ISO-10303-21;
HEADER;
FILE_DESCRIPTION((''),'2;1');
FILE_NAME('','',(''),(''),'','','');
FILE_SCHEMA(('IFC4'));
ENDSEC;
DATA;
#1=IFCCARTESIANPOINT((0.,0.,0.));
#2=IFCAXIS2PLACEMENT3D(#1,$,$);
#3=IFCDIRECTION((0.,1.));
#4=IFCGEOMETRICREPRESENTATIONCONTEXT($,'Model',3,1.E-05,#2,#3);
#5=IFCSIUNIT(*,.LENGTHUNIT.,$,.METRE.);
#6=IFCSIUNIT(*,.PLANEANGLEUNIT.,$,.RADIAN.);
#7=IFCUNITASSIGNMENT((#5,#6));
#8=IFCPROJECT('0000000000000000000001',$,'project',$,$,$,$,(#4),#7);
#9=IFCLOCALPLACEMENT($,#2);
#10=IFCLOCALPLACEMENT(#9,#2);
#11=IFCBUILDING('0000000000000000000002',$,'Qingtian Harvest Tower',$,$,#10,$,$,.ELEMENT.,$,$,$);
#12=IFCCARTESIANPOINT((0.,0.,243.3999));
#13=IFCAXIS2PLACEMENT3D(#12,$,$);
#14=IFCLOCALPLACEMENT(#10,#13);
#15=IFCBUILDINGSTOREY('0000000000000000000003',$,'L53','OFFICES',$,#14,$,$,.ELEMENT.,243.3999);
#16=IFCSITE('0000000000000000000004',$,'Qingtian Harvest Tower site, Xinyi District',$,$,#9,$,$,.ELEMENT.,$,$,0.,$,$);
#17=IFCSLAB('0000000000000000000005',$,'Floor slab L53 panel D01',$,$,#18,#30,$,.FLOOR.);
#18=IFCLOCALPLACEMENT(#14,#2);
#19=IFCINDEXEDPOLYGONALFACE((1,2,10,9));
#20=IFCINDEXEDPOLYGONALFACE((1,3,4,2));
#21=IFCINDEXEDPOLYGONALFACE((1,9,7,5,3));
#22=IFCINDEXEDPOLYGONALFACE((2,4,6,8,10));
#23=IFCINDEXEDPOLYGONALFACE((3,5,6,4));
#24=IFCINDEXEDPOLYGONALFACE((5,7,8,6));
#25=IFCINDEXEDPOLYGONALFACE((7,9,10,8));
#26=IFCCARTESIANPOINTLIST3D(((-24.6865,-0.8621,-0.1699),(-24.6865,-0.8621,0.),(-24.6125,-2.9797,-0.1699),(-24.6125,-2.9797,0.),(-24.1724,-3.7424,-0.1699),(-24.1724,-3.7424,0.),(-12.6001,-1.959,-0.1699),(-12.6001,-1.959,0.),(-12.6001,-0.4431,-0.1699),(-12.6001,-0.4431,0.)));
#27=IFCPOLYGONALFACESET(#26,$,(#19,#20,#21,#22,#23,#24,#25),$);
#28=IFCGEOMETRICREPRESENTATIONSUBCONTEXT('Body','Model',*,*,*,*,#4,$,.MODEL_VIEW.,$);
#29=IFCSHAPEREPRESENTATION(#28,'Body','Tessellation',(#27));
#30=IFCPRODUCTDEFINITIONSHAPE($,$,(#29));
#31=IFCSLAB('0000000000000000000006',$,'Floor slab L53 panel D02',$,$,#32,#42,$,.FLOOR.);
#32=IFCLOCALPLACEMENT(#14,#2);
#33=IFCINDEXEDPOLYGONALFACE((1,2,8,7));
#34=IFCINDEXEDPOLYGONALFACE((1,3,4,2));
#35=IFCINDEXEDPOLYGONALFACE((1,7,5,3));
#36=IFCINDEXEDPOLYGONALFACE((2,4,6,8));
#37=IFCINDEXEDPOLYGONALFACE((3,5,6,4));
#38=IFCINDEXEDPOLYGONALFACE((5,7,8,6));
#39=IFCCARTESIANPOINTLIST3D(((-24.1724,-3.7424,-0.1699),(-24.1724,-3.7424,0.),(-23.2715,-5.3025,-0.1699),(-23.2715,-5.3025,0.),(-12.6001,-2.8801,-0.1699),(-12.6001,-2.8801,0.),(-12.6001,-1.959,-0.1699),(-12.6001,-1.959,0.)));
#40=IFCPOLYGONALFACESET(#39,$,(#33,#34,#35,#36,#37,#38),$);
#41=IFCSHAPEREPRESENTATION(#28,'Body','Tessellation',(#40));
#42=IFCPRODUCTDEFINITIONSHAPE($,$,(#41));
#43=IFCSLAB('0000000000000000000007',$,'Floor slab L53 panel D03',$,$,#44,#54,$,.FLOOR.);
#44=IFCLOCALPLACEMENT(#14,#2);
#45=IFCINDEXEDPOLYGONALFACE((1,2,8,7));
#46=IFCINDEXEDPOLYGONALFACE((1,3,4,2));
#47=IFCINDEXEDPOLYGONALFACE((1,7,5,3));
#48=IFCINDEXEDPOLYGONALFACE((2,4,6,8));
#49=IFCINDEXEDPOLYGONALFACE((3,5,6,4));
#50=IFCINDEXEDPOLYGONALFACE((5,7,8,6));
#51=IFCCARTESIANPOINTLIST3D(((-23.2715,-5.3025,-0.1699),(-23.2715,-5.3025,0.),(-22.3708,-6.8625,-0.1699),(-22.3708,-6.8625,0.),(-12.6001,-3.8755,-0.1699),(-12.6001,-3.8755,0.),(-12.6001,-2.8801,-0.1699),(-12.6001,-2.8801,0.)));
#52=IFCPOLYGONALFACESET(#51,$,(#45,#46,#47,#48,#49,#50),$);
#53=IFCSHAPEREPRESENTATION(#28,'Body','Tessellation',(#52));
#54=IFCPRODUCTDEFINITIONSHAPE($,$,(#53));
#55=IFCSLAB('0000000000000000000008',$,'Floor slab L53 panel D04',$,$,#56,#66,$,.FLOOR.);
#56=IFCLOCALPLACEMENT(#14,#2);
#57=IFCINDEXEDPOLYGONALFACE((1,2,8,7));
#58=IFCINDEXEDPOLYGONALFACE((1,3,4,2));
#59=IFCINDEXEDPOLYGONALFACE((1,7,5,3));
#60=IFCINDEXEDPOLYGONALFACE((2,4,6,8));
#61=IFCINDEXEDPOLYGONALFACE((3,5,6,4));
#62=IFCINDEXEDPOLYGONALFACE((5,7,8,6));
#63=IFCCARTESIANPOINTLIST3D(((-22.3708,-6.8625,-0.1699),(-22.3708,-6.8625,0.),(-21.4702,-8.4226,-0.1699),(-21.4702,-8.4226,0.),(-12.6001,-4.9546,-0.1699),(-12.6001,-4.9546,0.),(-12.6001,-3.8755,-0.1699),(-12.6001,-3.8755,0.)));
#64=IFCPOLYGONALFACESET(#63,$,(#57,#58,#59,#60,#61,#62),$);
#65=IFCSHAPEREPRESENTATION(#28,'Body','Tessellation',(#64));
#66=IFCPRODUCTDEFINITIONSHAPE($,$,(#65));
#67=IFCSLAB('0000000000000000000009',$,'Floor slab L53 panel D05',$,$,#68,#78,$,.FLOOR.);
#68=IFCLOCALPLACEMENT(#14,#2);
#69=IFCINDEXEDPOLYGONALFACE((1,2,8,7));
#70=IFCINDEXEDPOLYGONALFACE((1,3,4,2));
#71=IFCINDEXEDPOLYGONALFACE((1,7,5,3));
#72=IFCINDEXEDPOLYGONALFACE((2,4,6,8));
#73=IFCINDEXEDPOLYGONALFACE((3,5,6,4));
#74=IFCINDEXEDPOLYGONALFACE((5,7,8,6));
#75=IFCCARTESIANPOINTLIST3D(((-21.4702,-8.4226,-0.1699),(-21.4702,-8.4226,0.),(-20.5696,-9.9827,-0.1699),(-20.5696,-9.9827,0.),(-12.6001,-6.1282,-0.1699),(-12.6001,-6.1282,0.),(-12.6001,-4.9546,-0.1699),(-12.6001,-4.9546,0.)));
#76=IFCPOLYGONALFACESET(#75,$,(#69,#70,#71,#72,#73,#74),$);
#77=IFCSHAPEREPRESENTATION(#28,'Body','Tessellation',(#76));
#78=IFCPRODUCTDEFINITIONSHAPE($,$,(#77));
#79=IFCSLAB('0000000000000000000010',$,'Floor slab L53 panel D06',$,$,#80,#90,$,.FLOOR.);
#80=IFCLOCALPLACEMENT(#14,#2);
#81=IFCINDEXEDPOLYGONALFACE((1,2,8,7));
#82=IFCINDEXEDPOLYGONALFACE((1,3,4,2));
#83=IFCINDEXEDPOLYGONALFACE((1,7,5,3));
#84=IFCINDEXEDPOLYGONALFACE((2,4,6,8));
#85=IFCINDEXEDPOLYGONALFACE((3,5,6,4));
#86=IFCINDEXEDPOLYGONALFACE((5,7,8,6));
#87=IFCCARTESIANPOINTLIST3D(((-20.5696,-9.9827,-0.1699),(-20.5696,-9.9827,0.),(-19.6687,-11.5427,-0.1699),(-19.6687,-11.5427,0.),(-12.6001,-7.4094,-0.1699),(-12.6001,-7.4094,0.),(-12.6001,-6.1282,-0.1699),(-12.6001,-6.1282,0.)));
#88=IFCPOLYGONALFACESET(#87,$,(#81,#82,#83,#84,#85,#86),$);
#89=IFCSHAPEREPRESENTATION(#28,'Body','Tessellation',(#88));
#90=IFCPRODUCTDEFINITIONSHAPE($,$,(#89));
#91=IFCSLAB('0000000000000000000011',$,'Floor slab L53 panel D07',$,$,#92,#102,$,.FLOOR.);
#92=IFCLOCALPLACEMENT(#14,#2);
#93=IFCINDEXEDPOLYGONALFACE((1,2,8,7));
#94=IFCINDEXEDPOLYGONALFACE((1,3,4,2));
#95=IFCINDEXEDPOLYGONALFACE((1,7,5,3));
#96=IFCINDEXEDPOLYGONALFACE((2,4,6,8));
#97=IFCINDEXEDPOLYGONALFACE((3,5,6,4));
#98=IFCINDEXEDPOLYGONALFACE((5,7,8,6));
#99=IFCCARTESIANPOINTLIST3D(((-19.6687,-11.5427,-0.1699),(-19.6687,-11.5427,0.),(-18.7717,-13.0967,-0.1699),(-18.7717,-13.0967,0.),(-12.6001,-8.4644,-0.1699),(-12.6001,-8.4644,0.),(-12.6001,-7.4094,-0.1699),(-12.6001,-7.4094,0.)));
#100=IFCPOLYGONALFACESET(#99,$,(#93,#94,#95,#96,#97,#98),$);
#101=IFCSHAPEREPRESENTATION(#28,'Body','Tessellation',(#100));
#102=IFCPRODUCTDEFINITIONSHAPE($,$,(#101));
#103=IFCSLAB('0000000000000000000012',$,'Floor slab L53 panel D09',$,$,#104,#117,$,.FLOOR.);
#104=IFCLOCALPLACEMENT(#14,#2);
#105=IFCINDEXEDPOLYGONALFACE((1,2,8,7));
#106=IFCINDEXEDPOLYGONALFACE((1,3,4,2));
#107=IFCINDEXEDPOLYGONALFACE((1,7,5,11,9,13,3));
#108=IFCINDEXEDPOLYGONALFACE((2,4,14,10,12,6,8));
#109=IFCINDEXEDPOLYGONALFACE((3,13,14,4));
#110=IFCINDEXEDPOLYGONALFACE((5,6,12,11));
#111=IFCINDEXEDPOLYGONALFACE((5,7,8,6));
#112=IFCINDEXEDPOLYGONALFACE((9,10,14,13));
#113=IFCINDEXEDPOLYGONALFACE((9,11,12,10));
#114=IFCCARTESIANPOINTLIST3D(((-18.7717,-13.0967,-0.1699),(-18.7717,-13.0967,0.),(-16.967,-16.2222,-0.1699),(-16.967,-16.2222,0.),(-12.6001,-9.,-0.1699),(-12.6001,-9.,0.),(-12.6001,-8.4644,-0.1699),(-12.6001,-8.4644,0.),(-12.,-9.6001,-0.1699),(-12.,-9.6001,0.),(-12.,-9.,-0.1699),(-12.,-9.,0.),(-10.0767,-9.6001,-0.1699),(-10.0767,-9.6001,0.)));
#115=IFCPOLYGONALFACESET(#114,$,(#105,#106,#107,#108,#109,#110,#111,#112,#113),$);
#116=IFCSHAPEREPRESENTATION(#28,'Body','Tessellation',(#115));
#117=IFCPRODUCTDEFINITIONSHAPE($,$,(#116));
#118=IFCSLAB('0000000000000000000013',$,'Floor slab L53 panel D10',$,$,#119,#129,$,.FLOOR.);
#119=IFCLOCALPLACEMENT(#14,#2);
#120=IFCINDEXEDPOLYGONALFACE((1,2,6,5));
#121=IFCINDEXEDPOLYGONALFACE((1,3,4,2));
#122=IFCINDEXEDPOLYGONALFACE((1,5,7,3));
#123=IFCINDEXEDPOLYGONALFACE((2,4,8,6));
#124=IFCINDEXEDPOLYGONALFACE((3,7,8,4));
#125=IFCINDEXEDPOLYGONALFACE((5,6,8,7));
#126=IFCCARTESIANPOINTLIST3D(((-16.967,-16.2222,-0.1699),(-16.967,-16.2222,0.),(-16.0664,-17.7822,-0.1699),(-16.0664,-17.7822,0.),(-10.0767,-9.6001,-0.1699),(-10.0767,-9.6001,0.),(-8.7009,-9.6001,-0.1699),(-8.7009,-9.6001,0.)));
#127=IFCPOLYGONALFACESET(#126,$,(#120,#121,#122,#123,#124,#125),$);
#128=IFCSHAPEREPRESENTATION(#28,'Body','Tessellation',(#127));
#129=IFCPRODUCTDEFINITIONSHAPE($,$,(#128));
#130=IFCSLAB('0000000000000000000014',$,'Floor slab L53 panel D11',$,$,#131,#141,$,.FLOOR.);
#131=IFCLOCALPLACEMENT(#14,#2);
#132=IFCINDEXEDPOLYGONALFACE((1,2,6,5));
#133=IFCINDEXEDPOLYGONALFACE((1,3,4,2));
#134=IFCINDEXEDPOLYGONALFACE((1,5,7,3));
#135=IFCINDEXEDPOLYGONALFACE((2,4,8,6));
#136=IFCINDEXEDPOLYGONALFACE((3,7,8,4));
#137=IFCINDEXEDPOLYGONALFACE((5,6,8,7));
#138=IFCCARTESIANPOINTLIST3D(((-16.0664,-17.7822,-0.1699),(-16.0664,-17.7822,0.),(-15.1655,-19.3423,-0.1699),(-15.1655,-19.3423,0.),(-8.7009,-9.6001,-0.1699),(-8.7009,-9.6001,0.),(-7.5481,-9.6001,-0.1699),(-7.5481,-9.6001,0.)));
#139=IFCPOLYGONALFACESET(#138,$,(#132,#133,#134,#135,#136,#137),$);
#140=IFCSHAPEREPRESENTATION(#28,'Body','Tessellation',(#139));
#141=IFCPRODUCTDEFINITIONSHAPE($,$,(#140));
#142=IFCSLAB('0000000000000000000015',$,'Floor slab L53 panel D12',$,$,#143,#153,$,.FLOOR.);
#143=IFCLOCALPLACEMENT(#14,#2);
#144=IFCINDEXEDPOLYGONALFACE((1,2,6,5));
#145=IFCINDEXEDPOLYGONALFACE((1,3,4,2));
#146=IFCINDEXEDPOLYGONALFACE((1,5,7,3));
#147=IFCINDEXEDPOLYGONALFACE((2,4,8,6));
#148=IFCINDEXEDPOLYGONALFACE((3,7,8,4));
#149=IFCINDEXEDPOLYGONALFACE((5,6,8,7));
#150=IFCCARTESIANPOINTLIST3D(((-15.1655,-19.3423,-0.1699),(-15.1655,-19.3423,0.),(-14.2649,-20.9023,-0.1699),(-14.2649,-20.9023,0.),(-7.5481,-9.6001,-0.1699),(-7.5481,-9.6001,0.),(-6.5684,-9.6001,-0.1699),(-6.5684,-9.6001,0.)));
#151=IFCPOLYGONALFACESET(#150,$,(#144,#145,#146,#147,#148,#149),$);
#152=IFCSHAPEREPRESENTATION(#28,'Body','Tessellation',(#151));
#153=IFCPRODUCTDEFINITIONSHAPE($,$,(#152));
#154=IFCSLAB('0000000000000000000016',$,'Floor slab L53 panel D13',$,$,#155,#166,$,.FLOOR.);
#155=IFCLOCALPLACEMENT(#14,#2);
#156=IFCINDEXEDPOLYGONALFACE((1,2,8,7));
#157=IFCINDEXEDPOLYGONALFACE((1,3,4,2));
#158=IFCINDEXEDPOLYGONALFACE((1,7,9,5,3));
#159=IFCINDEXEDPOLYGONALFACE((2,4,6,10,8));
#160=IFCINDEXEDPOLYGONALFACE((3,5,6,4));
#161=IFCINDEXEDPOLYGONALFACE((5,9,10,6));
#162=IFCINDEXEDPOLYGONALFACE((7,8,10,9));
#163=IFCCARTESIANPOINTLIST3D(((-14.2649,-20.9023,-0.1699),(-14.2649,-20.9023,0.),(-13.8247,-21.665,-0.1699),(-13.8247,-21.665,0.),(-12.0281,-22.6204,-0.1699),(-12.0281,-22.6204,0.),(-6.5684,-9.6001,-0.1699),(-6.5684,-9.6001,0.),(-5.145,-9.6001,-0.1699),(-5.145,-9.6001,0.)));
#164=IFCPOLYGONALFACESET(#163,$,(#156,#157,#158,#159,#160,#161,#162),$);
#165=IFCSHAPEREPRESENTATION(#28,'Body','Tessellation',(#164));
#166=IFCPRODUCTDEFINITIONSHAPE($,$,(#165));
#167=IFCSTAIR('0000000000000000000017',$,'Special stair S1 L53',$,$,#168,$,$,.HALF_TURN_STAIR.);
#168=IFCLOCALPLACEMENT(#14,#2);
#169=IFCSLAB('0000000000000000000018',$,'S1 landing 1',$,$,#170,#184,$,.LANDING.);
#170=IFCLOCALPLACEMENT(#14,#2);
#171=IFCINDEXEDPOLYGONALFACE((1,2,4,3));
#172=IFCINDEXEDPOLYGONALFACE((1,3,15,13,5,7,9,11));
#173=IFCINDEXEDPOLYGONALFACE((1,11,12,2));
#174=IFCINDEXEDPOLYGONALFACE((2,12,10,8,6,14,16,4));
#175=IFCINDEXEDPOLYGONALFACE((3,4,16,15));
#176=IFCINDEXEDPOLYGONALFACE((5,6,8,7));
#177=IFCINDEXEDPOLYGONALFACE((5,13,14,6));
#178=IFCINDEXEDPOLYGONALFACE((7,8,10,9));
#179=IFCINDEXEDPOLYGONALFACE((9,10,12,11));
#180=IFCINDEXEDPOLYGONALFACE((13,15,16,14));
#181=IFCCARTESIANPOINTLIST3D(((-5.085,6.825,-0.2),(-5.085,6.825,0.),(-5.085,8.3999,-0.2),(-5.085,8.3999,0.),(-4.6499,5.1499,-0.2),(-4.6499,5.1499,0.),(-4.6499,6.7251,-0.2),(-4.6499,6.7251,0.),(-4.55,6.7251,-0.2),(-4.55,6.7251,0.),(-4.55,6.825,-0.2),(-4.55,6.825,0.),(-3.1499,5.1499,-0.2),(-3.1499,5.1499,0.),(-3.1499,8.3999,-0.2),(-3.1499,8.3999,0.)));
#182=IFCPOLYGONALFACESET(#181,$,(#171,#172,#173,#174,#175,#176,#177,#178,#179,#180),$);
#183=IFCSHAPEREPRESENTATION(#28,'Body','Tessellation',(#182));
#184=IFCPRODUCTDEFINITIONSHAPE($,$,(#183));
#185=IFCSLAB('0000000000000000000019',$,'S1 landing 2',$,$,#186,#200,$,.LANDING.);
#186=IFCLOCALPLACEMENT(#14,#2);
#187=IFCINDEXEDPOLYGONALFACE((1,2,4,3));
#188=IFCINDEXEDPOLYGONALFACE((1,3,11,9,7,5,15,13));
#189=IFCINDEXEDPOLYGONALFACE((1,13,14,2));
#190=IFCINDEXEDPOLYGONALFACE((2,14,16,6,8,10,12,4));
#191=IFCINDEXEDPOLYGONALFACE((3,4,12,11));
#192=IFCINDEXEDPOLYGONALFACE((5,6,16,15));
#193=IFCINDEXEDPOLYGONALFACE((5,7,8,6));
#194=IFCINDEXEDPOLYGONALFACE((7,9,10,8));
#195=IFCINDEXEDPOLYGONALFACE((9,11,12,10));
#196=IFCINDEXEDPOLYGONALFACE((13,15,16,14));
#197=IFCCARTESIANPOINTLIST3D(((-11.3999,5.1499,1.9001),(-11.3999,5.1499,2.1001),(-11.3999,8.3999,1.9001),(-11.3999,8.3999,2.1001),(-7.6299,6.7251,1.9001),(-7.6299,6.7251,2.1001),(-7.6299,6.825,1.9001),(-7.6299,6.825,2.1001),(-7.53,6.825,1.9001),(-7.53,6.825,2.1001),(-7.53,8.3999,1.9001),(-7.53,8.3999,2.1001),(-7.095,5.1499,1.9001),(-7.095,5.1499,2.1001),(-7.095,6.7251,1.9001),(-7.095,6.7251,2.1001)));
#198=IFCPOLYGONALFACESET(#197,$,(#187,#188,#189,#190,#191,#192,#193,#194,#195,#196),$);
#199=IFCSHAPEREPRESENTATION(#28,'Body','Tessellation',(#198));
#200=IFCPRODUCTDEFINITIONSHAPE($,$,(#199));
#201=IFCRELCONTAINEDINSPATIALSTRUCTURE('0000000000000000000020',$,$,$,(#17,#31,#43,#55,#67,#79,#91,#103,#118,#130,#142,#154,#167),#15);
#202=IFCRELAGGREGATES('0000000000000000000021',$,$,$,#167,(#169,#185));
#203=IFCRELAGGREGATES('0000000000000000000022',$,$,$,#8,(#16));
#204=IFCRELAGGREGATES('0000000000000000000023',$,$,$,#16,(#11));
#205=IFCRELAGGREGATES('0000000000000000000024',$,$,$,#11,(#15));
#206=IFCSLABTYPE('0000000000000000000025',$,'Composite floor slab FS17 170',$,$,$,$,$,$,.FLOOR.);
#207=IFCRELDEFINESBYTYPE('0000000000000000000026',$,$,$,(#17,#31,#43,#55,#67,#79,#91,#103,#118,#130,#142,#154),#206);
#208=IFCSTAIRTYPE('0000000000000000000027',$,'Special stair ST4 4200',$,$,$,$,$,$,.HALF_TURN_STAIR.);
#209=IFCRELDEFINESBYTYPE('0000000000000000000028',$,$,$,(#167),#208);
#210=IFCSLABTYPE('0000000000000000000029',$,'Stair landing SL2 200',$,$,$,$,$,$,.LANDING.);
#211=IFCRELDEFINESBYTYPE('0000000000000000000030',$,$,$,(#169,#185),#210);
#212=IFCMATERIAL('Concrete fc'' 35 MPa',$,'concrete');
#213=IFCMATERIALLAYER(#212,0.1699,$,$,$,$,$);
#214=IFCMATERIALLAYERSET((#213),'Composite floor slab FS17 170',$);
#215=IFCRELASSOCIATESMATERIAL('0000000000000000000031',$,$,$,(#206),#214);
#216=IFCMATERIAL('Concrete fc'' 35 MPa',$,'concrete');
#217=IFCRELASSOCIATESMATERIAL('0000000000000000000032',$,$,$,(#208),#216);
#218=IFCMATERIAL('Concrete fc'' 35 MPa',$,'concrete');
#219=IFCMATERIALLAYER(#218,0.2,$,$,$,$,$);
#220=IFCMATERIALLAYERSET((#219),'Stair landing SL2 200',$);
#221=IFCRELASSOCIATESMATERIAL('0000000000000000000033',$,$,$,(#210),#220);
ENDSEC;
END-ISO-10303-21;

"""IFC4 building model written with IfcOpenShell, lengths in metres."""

from ifc_helpers import new_model, si_unit, direction, frame, origin, place, context, subcontext, project, spatial, polyline, outline, extrude, material, layer, layer_set, type_object, element, aggregate, save


model = new_model("IFC4")

# Units and contexts
model_context = context("Model", 3, precision=1e-05, world=origin(), true_north=direction((0.0, 1.0)))
body_context = subcontext(model_context, "Body", "Model", "MODEL_VIEW")
ifc_project = project(units=[si_unit("LENGTHUNIT", "METRE"), si_unit("PLANEANGLEUNIT", "RADIAN")], contexts=[model_context])

# Site, building, storey
site_placement = place(None, origin())
site = spatial("IfcSite", under=ifc_project, at=site_placement, Name="Qingtian Harvest Tower site, Xinyi District", CompositionType="ELEMENT", RefElevation=0.0)
building_placement = place(site_placement, origin())
building = spatial("IfcBuilding", under=site, at=building_placement, Name="Qingtian Harvest Tower", CompositionType="ELEMENT")
storey_placement = place(building_placement, frame((0.0, 0.0, 243.3999)))
storey = spatial("IfcBuildingStorey", under=building, at=storey_placement, Name="L53", Description="OFFICES", CompositionType="ELEMENT", Elevation=243.3999)

# Slabs
ifc_material_1 = material(Name="Concrete fc' 35 MPa", Category="concrete")
ifc_layer_1 = layer(ifc_material_1, 0.1699)
ifc_layer_set_1 = layer_set([ifc_layer_1], Name="Composite floor slab FS17 170")
slab_type_1 = type_object("IfcSlabType", Name="Composite floor slab FS17 170", PredefinedType="FLOOR", material=ifc_layer_set_1)
slab_1_placement = place(storey_placement, frame((0.0, 0.0, -0.1699)))
element("IfcSlab", 1, at=slab_1_placement, inside=storey, type_object=slab_type_1, Name="Floor slab L53 panel D01", PredefinedType="FLOOR", context=body_context, shape_type="SweptSolid", body=[
    extrude(outline(polyline([(-24.6865, -0.8621), (-12.6001, -0.4431), (-12.6001, -1.959), (-24.1724, -3.7424), (-24.6125, -2.9797), (-24.6865, -0.8621)])), origin(), (0.0, 0.0, 1.0), 0.1699),
])
slab_2_placement = place(storey_placement, frame((0.0, 0.0, -0.1699)))
element("IfcSlab", 2, at=slab_2_placement, inside=storey, type_object=slab_type_1, Name="Floor slab L53 panel D02", PredefinedType="FLOOR", context=body_context, shape_type="SweptSolid", body=[
    extrude(outline(polyline([(-12.6001, -2.8801), (-23.2715, -5.3025), (-24.1724, -3.7424), (-12.6001, -1.959), (-12.6001, -2.8801)])), origin(), (0.0, 0.0, 1.0), 0.1699),
])
slab_3_placement = place(storey_placement, frame((0.0, 0.0, -0.1699)))
element("IfcSlab", 3, at=slab_3_placement, inside=storey, type_object=slab_type_1, Name="Floor slab L53 panel D03", PredefinedType="FLOOR", context=body_context, shape_type="SweptSolid", body=[
    extrude(outline(polyline([(-12.6001, -3.8755), (-22.3708, -6.8625), (-23.2715, -5.3025), (-12.6001, -2.8801), (-12.6001, -3.8755)])), origin(), (0.0, 0.0, 1.0), 0.1699),
])
slab_4_placement = place(storey_placement, frame((0.0, 0.0, -0.1699)))
element("IfcSlab", 4, at=slab_4_placement, inside=storey, type_object=slab_type_1, Name="Floor slab L53 panel D04", PredefinedType="FLOOR", context=body_context, shape_type="SweptSolid", body=[
    extrude(outline(polyline([(-12.6001, -4.9546), (-21.4702, -8.4226), (-22.3708, -6.8625), (-12.6001, -3.8755), (-12.6001, -4.9546)])), origin(), (0.0, 0.0, 1.0), 0.1699),
])
slab_5_placement = place(storey_placement, frame((0.0, 0.0, -0.1699)))
element("IfcSlab", 5, at=slab_5_placement, inside=storey, type_object=slab_type_1, Name="Floor slab L53 panel D05", PredefinedType="FLOOR", context=body_context, shape_type="SweptSolid", body=[
    extrude(outline(polyline([(-12.6001, -6.1282), (-20.5696, -9.9827), (-21.4702, -8.4226), (-12.6001, -4.9546), (-12.6001, -6.1282)])), origin(), (0.0, 0.0, 1.0), 0.1699),
])
slab_6_placement = place(storey_placement, frame((0.0, 0.0, -0.1699)))
element("IfcSlab", 6, at=slab_6_placement, inside=storey, type_object=slab_type_1, Name="Floor slab L53 panel D06", PredefinedType="FLOOR", context=body_context, shape_type="SweptSolid", body=[
    extrude(outline(polyline([(-12.6001, -7.4094), (-19.6687, -11.5427), (-20.5696, -9.9827), (-12.6001, -6.1282), (-12.6001, -7.4094)])), origin(), (0.0, 0.0, 1.0), 0.1699),
])
slab_7_placement = place(storey_placement, frame((0.0, 0.0, -0.1699)))
element("IfcSlab", 7, at=slab_7_placement, inside=storey, type_object=slab_type_1, Name="Floor slab L53 panel D07", PredefinedType="FLOOR", context=body_context, shape_type="SweptSolid", body=[
    extrude(outline(polyline([(-12.6001, -8.4644), (-18.7717, -13.0967), (-19.6687, -11.5427), (-12.6001, -7.4094), (-12.6001, -8.4644)])), origin(), (0.0, 0.0, 1.0), 0.1699),
])
slab_8_placement = place(storey_placement, frame((0.0, 0.0, -0.1699)))
element("IfcSlab", 8, at=slab_8_placement, inside=storey, type_object=slab_type_1, Name="Floor slab L53 panel D09", PredefinedType="FLOOR", context=body_context, shape_type="SweptSolid", body=[
    extrude(outline(polyline([(-16.967, -16.2222), (-18.7717, -13.0967), (-12.6001, -8.4644), (-12.6001, -9.0), (-12.0, -9.0), (-12.0, -9.6001), (-10.0767, -9.6001), (-16.967, -16.2222)])), origin(), (0.0, 0.0, 1.0), 0.1699),
])
slab_9_placement = place(storey_placement, frame((0.0, 0.0, -0.1699)))
element("IfcSlab", 9, at=slab_9_placement, inside=storey, type_object=slab_type_1, Name="Floor slab L53 panel D10", PredefinedType="FLOOR", context=body_context, shape_type="SweptSolid", body=[
    extrude(outline(polyline([(-8.7009, -9.6001), (-16.0664, -17.7822), (-16.967, -16.2222), (-10.0767, -9.6001), (-8.7009, -9.6001)])), origin(), (0.0, 0.0, 1.0), 0.1699),
])
slab_10_placement = place(storey_placement, frame((0.0, 0.0, -0.1699)))
element("IfcSlab", 10, at=slab_10_placement, inside=storey, type_object=slab_type_1, Name="Floor slab L53 panel D11", PredefinedType="FLOOR", context=body_context, shape_type="SweptSolid", body=[
    extrude(outline(polyline([(-7.5481, -9.6001), (-15.1655, -19.3423), (-16.0664, -17.7822), (-8.7009, -9.6001), (-7.5481, -9.6001)])), origin(), (0.0, 0.0, 1.0), 0.1699),
])
slab_11_placement = place(storey_placement, frame((0.0, 0.0, -0.1699)))
element("IfcSlab", 11, at=slab_11_placement, inside=storey, type_object=slab_type_1, Name="Floor slab L53 panel D12", PredefinedType="FLOOR", context=body_context, shape_type="SweptSolid", body=[
    extrude(outline(polyline([(-6.5684, -9.6001), (-14.2649, -20.9023), (-15.1655, -19.3423), (-7.5481, -9.6001), (-6.5684, -9.6001)])), origin(), (0.0, 0.0, 1.0), 0.1699),
])
slab_12_placement = place(storey_placement, frame((0.0, 0.0, -0.1699)))
element("IfcSlab", 12, at=slab_12_placement, inside=storey, type_object=slab_type_1, Name="Floor slab L53 panel D13", PredefinedType="FLOOR", context=body_context, shape_type="SweptSolid", body=[
    extrude(outline(polyline([(-6.5684, -9.6001), (-5.145, -9.6001), (-12.0281, -22.6204), (-13.8247, -21.665), (-14.2649, -20.9023), (-6.5684, -9.6001)])), origin(), (0.0, 0.0, 1.0), 0.1699),
])

# Stair, slabs
ifc_material_2 = material(Name="Concrete fc' 35 MPa", Category="concrete")
stair_type = type_object("IfcStairType", Name="Special stair ST4 4200", PredefinedType="HALF_TURN_STAIR", material=ifc_material_2)
stair_1_placement = place(storey_placement, origin())
stair_1 = element("IfcStair", 13, at=stair_1_placement, inside=storey, type_object=stair_type, Name="Special stair S1 L53", PredefinedType="HALF_TURN_STAIR")
ifc_material_3 = material(Name="Concrete fc' 35 MPa", Category="concrete")
ifc_layer_2 = layer(ifc_material_3, 0.2)
ifc_layer_set_2 = layer_set([ifc_layer_2], Name="Stair landing SL2 200")
slab_type_2 = type_object("IfcSlabType", Name="Stair landing SL2 200", PredefinedType="LANDING", material=ifc_layer_set_2)
slab_13_placement = place(storey_placement, frame((0.0, 0.0, -0.2)))
slab_13 = element("IfcSlab", 14, at=slab_13_placement, type_object=slab_type_2, Name="S1 landing 1", PredefinedType="LANDING", context=body_context, shape_type="SweptSolid", body=[
    extrude(outline(polyline([(-4.6499, 5.1499), (-4.6499, 6.7251), (-4.55, 6.7251), (-4.55, 6.825), (-5.085, 6.825), (-5.085, 8.3999), (-3.1499, 8.3999), (-3.1499, 5.1499), (-4.6499, 5.1499)])), origin(), (0.0, 0.0, 1.0), 0.2),
])
slab_14_placement = place(storey_placement, frame((0.0, 0.0, 1.9001)))
slab_14 = element("IfcSlab", 15, at=slab_14_placement, type_object=slab_type_2, Name="S1 landing 2", PredefinedType="LANDING", context=body_context, shape_type="SweptSolid", body=[
    extrude(outline(polyline([(-7.095, 5.1499), (-11.3999, 5.1499), (-11.3999, 8.3999), (-7.53, 8.3999), (-7.53, 6.825), (-7.6299, 6.825), (-7.6299, 6.7251), (-7.095, 6.7251), (-7.095, 5.1499)])), origin(), (0.0, 0.0, 1.0), 0.2),
])
aggregate(stair_1, [slab_13, slab_14])

save(model, "model.ifc")
